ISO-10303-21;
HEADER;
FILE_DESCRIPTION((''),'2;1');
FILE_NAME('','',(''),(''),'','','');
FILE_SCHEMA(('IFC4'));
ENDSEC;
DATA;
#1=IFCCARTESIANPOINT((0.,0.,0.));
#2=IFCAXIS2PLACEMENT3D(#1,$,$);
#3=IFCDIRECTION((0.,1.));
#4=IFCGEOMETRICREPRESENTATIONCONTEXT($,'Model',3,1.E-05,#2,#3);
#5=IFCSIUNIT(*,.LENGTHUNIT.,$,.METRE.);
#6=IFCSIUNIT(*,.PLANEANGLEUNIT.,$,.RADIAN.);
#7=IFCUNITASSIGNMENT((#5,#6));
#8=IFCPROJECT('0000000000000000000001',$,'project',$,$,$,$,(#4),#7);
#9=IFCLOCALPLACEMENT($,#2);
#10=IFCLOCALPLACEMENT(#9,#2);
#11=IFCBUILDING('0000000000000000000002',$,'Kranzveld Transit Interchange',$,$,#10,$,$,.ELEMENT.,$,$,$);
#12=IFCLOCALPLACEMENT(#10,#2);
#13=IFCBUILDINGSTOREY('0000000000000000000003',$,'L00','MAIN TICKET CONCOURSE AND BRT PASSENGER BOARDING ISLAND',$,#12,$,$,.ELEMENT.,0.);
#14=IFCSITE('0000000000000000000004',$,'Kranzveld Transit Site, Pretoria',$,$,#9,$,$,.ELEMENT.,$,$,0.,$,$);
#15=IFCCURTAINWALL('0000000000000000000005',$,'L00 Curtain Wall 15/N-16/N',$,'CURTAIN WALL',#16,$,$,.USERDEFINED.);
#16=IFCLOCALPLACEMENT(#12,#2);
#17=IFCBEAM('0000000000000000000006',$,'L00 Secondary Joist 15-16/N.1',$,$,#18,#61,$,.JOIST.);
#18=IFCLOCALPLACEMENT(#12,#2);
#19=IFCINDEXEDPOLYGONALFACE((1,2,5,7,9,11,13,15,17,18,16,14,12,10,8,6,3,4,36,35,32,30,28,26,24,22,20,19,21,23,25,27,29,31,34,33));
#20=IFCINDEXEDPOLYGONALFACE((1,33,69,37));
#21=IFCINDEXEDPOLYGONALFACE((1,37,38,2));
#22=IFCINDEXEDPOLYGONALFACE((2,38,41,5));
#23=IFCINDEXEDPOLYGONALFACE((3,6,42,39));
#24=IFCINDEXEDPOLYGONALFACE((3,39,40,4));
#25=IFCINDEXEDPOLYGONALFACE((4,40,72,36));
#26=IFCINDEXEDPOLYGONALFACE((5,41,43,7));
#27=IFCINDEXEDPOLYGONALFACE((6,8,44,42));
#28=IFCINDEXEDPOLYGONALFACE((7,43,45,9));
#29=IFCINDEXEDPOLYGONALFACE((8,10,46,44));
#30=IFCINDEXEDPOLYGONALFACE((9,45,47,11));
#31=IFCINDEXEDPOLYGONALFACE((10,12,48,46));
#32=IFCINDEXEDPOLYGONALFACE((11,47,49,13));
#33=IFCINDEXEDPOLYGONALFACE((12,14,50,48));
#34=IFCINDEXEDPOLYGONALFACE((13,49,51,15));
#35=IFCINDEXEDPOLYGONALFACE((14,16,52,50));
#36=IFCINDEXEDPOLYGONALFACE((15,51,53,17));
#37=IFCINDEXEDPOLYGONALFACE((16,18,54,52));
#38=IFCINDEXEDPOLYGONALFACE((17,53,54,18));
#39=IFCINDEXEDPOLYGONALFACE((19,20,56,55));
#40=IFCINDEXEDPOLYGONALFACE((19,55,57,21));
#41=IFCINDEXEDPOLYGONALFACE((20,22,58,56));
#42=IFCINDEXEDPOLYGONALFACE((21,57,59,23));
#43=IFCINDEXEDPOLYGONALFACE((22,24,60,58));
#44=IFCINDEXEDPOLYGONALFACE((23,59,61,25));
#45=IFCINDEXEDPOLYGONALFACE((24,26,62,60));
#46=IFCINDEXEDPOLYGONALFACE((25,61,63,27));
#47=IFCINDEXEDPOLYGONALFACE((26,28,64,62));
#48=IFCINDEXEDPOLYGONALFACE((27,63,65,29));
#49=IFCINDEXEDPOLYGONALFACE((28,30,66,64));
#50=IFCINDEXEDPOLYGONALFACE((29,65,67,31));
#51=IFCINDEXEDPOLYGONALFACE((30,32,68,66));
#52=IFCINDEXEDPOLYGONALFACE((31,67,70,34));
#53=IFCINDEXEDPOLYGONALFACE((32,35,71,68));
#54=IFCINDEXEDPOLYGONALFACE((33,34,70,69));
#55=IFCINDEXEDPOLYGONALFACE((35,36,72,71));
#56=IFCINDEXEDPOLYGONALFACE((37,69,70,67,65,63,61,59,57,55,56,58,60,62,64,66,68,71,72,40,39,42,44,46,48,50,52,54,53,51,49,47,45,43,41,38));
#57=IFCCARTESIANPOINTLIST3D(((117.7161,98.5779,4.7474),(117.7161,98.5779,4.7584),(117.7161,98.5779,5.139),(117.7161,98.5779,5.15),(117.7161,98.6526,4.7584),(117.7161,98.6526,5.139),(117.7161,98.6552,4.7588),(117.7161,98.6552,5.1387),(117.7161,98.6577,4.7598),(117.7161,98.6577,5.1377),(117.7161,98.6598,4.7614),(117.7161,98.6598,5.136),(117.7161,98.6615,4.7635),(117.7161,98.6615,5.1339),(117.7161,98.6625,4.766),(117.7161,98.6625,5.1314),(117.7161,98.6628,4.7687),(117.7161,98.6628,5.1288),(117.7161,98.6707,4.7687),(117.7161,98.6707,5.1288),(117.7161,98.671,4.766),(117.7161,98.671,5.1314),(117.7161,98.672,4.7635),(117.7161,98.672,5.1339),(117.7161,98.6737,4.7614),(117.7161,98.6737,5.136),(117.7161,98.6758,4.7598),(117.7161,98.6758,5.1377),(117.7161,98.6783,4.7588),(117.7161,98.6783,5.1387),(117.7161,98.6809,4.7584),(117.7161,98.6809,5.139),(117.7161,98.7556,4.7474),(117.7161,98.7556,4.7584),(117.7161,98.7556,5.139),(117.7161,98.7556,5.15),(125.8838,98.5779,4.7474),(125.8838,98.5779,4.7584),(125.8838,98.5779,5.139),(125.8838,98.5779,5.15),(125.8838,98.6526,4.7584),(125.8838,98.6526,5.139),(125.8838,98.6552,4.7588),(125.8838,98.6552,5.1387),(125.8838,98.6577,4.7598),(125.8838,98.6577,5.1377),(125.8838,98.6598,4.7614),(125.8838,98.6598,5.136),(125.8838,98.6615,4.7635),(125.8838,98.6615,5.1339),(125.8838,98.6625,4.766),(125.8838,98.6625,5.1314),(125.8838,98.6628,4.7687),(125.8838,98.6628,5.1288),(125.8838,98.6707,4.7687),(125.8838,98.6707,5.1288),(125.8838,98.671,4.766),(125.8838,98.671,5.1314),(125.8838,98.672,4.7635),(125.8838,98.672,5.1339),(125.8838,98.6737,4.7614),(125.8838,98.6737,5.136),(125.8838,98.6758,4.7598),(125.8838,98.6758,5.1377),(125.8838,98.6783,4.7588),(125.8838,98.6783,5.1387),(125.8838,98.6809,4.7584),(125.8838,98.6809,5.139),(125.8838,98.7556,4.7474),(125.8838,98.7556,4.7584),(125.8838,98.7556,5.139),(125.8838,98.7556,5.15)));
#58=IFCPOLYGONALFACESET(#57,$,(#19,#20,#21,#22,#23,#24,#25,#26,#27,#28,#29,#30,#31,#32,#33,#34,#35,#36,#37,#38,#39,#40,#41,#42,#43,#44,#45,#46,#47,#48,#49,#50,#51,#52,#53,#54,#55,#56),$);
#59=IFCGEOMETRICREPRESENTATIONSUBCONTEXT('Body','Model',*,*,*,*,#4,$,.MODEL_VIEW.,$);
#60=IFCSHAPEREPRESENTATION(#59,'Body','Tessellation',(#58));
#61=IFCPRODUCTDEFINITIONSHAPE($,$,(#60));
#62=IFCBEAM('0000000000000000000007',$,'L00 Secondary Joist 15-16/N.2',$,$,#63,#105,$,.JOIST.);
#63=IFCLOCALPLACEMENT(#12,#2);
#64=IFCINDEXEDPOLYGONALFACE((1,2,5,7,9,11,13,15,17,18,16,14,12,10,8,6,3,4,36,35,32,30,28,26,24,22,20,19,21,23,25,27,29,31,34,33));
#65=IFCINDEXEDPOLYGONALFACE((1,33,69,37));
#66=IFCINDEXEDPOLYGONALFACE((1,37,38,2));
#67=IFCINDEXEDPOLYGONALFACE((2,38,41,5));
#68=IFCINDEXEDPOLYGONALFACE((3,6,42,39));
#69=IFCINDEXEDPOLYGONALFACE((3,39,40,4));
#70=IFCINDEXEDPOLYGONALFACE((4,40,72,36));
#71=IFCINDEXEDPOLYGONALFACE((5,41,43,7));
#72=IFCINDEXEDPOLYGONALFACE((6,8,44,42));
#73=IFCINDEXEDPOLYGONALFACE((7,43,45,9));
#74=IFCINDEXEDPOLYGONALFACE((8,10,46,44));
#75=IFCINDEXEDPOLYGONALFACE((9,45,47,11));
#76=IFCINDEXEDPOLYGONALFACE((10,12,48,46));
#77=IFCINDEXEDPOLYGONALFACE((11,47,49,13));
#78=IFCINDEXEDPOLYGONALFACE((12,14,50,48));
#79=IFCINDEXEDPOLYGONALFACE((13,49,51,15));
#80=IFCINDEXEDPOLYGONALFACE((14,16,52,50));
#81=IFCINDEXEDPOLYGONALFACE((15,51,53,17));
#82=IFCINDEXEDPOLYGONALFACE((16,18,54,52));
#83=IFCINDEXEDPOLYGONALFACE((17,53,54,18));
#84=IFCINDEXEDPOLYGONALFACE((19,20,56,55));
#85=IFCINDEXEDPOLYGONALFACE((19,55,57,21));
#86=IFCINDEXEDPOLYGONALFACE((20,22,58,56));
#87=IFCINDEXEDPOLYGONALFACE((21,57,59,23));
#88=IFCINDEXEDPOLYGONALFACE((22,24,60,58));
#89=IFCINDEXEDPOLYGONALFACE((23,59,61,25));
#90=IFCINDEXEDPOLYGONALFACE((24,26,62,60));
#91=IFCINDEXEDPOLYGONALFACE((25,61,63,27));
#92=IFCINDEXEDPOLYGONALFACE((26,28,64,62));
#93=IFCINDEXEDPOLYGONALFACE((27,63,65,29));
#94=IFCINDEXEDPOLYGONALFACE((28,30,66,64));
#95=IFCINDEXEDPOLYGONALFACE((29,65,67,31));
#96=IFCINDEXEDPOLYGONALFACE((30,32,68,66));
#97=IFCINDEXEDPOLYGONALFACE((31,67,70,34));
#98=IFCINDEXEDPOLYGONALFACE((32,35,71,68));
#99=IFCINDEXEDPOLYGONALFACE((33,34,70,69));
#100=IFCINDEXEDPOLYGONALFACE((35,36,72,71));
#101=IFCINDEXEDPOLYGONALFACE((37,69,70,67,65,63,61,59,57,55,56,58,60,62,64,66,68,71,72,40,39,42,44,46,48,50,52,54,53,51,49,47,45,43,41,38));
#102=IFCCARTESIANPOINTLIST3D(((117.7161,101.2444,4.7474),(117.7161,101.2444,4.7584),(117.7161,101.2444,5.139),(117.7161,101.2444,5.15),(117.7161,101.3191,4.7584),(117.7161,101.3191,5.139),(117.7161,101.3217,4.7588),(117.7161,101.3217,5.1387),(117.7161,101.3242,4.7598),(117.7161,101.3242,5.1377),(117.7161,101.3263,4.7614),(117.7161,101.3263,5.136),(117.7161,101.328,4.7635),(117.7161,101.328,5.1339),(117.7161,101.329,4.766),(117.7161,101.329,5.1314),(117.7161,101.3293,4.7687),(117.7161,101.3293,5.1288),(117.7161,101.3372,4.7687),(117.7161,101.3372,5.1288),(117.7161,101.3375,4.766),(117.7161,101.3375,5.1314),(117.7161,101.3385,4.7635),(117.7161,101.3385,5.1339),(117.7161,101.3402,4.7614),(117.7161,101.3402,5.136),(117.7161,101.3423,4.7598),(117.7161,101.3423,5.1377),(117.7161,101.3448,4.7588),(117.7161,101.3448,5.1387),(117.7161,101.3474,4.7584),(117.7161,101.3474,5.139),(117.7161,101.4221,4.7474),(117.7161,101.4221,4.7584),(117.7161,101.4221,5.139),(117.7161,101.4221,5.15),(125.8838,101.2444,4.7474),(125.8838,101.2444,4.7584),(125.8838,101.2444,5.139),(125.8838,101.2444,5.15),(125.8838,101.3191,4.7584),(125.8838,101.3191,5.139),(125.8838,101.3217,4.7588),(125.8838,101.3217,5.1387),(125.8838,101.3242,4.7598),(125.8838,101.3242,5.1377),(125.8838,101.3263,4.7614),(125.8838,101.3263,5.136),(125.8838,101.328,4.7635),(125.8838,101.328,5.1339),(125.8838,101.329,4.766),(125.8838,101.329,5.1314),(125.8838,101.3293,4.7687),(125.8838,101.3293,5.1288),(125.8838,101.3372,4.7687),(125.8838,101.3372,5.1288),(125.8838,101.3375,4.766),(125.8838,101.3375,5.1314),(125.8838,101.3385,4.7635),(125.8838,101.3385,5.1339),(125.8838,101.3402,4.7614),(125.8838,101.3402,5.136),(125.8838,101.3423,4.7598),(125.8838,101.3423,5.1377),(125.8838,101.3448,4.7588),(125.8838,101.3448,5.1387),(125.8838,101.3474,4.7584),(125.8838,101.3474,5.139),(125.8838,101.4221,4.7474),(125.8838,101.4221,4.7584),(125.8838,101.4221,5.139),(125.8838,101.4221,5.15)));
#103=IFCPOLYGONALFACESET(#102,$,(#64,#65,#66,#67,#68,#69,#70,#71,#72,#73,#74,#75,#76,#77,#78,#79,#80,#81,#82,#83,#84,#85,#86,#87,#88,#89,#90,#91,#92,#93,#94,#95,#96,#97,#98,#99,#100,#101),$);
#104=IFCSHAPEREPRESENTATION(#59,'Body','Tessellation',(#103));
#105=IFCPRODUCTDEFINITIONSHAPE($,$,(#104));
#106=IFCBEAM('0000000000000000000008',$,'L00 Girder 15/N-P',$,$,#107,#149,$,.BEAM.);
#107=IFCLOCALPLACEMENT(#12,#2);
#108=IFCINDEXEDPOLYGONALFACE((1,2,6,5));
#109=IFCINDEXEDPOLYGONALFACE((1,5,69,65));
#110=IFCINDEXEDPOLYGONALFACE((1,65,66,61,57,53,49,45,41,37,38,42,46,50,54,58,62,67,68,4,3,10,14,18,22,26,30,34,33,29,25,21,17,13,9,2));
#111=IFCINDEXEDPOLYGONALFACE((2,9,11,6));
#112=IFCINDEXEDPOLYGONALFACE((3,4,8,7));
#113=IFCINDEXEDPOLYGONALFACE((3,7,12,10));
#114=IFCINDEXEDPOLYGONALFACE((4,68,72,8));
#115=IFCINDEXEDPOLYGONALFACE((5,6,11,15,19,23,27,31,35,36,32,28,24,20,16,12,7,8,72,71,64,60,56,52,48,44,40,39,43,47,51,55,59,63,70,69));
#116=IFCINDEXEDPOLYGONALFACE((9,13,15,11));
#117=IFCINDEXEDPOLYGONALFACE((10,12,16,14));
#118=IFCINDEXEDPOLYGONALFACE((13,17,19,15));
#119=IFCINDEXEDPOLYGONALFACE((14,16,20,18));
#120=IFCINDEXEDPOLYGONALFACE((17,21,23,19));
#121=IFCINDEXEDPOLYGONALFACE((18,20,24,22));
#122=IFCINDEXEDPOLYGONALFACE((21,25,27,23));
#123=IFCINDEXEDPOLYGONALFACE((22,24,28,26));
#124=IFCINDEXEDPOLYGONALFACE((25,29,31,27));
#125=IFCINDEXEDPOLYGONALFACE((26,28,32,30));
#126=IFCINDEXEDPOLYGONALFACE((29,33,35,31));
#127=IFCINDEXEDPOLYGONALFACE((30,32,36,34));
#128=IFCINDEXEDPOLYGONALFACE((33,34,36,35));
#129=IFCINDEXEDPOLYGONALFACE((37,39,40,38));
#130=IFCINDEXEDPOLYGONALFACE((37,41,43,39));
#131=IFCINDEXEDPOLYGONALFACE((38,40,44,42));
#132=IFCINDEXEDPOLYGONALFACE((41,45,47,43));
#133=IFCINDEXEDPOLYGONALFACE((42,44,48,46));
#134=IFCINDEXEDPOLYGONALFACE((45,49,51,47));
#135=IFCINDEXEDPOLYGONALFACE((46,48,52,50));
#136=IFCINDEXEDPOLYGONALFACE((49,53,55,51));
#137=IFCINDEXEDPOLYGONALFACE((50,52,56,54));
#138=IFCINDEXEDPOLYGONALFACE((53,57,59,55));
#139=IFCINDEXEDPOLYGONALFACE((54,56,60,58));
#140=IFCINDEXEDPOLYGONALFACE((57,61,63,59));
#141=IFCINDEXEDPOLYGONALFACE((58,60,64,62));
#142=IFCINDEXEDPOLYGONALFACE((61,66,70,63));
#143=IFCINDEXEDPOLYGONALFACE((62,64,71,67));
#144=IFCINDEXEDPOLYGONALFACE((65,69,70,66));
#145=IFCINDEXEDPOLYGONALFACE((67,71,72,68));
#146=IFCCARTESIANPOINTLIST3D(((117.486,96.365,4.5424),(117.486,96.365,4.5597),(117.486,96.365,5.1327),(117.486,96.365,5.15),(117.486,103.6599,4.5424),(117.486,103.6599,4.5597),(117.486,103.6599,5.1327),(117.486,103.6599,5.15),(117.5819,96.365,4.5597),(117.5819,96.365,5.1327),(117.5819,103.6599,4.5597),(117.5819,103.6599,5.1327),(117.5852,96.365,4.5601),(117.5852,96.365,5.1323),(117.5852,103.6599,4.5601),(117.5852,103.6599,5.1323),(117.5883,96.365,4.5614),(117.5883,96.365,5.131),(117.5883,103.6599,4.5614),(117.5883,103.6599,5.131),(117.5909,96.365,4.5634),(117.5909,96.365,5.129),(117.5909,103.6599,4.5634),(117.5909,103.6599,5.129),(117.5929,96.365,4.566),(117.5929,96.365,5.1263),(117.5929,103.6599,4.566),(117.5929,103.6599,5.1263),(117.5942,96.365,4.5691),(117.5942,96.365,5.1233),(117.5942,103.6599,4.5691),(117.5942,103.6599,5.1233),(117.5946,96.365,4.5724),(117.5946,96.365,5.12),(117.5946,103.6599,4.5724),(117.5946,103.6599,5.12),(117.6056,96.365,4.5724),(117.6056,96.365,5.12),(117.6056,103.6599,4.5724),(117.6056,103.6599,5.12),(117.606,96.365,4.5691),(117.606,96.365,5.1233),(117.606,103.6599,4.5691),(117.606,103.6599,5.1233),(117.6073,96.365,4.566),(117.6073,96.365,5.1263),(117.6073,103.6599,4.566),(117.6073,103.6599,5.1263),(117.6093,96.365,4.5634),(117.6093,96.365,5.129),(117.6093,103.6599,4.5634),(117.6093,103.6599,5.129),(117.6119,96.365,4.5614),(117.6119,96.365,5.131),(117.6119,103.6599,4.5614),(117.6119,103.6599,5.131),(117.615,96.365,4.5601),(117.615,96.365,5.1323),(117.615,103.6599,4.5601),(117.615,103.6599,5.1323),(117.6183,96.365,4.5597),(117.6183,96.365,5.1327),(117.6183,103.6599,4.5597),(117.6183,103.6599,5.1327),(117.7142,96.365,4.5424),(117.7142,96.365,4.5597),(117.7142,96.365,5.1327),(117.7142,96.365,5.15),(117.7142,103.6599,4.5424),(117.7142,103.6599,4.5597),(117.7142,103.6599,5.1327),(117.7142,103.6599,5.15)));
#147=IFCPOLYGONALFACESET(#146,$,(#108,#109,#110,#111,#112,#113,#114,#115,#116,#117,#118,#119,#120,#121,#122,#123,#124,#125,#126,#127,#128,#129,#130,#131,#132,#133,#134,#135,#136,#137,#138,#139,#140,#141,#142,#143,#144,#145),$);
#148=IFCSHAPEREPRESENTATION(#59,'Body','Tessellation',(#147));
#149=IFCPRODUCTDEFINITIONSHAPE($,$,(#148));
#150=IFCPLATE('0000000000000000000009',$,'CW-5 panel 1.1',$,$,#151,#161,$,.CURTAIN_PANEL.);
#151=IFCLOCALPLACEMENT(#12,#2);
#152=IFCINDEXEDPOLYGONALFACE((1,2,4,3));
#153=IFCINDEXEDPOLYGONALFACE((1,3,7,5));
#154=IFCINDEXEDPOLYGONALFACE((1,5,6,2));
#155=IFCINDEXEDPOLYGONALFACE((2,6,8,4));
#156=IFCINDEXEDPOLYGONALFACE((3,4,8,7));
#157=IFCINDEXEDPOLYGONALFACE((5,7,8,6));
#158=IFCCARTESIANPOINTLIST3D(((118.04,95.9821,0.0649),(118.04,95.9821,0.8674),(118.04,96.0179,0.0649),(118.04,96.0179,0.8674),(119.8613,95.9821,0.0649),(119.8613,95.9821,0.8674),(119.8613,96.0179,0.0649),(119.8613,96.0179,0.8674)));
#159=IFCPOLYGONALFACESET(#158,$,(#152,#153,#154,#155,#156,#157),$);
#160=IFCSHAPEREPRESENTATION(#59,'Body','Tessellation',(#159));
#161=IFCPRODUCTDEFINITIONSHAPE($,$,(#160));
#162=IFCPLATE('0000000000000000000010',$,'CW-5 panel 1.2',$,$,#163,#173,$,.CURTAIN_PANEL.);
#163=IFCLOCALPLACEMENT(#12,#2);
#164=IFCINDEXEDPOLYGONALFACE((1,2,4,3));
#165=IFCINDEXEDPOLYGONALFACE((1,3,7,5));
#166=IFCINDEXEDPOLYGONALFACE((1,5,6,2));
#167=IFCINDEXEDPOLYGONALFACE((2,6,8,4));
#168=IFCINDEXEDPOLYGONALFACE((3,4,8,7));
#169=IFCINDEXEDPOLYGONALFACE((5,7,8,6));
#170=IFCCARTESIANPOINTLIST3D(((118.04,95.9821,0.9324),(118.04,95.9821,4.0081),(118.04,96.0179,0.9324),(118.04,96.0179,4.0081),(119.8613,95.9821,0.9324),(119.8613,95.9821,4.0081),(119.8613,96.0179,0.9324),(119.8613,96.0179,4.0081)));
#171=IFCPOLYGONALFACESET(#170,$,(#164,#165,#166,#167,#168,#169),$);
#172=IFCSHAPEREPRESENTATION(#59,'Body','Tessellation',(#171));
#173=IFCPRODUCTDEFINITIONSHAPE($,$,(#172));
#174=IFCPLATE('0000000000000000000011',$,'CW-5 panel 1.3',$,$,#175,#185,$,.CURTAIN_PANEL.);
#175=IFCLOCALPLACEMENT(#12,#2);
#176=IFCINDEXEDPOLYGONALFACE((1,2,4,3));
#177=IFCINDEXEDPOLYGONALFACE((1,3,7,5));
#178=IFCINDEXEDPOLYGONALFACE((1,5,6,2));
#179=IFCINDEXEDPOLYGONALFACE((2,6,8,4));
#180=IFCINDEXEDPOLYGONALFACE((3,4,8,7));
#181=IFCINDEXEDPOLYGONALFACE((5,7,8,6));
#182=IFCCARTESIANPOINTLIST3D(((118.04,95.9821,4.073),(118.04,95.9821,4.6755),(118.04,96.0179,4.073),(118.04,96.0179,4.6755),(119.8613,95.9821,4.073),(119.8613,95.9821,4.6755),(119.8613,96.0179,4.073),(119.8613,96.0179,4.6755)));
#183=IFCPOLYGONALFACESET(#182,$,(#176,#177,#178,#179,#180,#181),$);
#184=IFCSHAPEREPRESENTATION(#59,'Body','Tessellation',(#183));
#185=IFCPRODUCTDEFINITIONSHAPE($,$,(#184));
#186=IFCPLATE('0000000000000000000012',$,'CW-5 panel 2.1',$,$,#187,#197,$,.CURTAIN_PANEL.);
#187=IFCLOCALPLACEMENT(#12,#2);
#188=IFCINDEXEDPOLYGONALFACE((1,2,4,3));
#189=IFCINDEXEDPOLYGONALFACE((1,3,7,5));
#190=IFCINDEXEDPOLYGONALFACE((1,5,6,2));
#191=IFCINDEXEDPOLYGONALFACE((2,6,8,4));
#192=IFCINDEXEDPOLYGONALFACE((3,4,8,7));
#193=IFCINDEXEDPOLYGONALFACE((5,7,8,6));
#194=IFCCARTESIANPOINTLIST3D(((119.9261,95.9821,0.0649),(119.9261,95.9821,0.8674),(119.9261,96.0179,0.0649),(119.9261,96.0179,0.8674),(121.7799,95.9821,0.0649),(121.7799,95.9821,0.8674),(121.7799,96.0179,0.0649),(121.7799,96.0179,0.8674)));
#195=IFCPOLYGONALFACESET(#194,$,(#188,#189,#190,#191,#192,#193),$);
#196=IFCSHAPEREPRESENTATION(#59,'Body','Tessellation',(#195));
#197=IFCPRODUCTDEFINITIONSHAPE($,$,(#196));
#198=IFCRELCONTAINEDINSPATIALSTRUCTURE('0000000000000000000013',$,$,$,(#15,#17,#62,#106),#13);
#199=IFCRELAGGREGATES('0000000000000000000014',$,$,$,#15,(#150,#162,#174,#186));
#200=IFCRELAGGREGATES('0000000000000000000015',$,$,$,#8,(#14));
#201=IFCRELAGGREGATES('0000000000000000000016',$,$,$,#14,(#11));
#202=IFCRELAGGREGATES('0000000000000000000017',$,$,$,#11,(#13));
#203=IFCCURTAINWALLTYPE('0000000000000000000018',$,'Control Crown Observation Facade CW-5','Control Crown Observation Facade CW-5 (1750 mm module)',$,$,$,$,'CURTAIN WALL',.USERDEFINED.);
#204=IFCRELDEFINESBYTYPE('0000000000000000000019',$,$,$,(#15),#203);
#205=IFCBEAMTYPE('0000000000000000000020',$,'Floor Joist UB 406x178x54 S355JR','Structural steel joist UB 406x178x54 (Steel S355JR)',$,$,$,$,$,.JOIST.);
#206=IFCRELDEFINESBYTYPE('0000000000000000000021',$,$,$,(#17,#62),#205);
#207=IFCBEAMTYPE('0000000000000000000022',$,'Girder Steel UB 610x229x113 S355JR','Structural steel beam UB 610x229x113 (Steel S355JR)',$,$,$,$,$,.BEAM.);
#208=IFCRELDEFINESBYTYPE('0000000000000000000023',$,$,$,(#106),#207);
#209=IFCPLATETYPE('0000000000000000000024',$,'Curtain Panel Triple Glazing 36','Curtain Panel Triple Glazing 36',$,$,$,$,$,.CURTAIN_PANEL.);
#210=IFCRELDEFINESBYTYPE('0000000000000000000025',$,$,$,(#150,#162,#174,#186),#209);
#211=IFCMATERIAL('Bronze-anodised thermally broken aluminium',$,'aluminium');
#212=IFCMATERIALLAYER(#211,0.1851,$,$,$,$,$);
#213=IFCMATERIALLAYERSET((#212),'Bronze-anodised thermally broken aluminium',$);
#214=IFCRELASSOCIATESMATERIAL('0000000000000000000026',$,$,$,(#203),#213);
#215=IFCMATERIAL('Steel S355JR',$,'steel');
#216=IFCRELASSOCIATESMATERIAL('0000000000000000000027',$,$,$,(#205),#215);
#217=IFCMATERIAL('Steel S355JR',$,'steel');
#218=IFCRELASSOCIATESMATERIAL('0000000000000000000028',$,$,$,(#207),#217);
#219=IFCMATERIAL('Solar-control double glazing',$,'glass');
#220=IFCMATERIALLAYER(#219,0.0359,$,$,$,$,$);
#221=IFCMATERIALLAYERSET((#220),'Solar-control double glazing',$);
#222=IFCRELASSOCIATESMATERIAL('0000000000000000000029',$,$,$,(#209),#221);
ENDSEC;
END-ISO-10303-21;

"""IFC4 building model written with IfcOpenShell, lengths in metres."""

from ifc_helpers import new_model, si_unit, direction, frame, origin, origin_2d, place, context, subcontext, project, spatial, rectangle, i_section, extrude, material, layer, layer_set, material_profile, profile_set, type_object, element, aggregate, save


model = new_model("IFC4")

# Units and contexts
model_context = context("Model", 3, precision=1e-05, world=origin(), true_north=direction((0.0, 1.0)))
body_context = subcontext(model_context, "Body", "Model", "MODEL_VIEW")
ifc_project = project(units=[si_unit("LENGTHUNIT", "METRE"), si_unit("PLANEANGLEUNIT", "RADIAN")], contexts=[model_context])

# Site, building, storey
site_placement = place(None, origin())
site = spatial("IfcSite", under=ifc_project, at=site_placement, Name="Kranzveld Transit Site, Pretoria", CompositionType="ELEMENT", RefElevation=0.0)
building_placement = place(site_placement, origin())
building = spatial("IfcBuilding", under=site, at=building_placement, Name="Kranzveld Transit Interchange", CompositionType="ELEMENT")
storey_placement = place(building_placement, origin())
storey = spatial("IfcBuildingStorey", under=building, at=storey_placement, Name="L00", Description="MAIN TICKET CONCOURSE AND BRT PASSENGER BOARDING ISLAND", CompositionType="ELEMENT", Elevation=0.0)

# Curtain wall
ifc_material_1 = material(Name="Bronze-anodised thermally broken aluminium", Category="aluminium")
ifc_layer_1 = layer(ifc_material_1, 0.1851)
ifc_layer_set_1 = layer_set([ifc_layer_1], Name="Bronze-anodised thermally broken aluminium")
curtain_wall_type = type_object("IfcCurtainWallType", Name="Control Crown Observation Facade CW-5", Description="Control Crown Observation Facade CW-5 (1750 mm module)", ElementType="CURTAIN WALL", PredefinedType="USERDEFINED", material=ifc_layer_set_1)
curtain_wall_placement = place(storey_placement, origin())
curtain_wall = element("IfcCurtainWall", 1, at=curtain_wall_placement, inside=storey, type_object=curtain_wall_type, Name="L00 Curtain Wall 15/N-16/N", ObjectType="CURTAIN WALL", PredefinedType="USERDEFINED")

# Beams
ifc_material_2 = material(Name="Steel S355JR", Category="steel")
ifc_material_profile_1 = material_profile(ifc_material_2, i_section(OverallWidth=0.1777, OverallDepth=0.4026, WebThickness=0.0078, FlangeThickness=0.011, FilletRadius=0.0103, at=origin_2d()), Name="UB 406x178x54")
ifc_profile_set_1 = profile_set([ifc_material_profile_1], Name="Steel S355JR")
beam_type_1 = type_object("IfcBeamType", Name="Floor Joist UB 406x178x54 S355JR", Description="Structural steel joist UB 406x178x54 (Steel S355JR)", PredefinedType="JOIST", material=ifc_profile_set_1)
for number, where, z_axis, x_axis, name in (
    (2, (117.7161, 98.6667, 4.9487), (1.0, 0.0, 0.0), (0.0, 1.0, 0.0), "L00 Secondary Joist 15-16/N.1"),
    (3, (117.7161, 101.3333, 4.9487), (1.0, 0.0, 0.0), (0.0, 1.0, 0.0), "L00 Secondary Joist 15-16/N.2"),
):
    element("IfcBeam", number, at=place(storey_placement, frame(where, z_axis=z_axis, x_axis=x_axis)), inside=storey, type_object=beam_type_1, Name=name, PredefinedType="JOIST", context=body_context, shape_type="SweptSolid", body=[
        extrude(i_section(OverallWidth=0.1777, OverallDepth=0.4026, WebThickness=0.0078, FlangeThickness=0.011, FilletRadius=0.0103, at=origin_2d()), origin(), (0.0, 0.0, 1.0), 8.1677),
    ])
ifc_material_3 = material(Name="Steel S355JR", Category="steel")
ifc_material_profile_2 = material_profile(ifc_material_3, i_section(OverallWidth=0.2283, OverallDepth=0.6077, WebThickness=0.011, FlangeThickness=0.0173, FilletRadius=0.0127, at=origin_2d()), Name="UB 610x229x113")
ifc_profile_set_2 = profile_set([ifc_material_profile_2], Name="Steel S355JR")
beam_type_2 = type_object("IfcBeamType", Name="Girder Steel UB 610x229x113 S355JR", Description="Structural steel beam UB 610x229x113 (Steel S355JR)", PredefinedType="BEAM", material=ifc_profile_set_2)
beam_1_placement = place(storey_placement, frame((117.6001, 96.365, 4.8462), z_axis=(0.0, 1.0, 0.0), x_axis=(-1.0, 0.0, 0.0)))
element("IfcBeam", 4, at=beam_1_placement, inside=storey, type_object=beam_type_2, Name="L00 Girder 15/N-P", PredefinedType="BEAM", context=body_context, shape_type="SweptSolid", body=[
    extrude(i_section(OverallWidth=0.2283, OverallDepth=0.6077, WebThickness=0.011, FlangeThickness=0.0173, FilletRadius=0.0127, at=origin_2d()), origin(), (0.0, 0.0, 1.0), 7.2949),
])

# Plates
ifc_material_4 = material(Name="Solar-control double glazing", Category="glass")
ifc_layer_2 = layer(ifc_material_4, 0.0359)
ifc_layer_set_2 = layer_set([ifc_layer_2], Name="Solar-control double glazing")
plate_type = type_object("IfcPlateType", Name="Curtain Panel Triple Glazing 36", Description="Curtain Panel Triple Glazing 36", PredefinedType="CURTAIN_PANEL", material=ifc_layer_set_2)
plate_1_placement = place(storey_placement, frame((118.9507, 96.0, 0.0649), z_axis=(0.0, 0.0, 1.0), x_axis=(1.0, 0.0, 0.0)))
plate_1 = element("IfcPlate", 5, at=plate_1_placement, type_object=plate_type, Name="CW-5 panel 1.1", PredefinedType="CURTAIN_PANEL", context=body_context, shape_type="SweptSolid", body=[
    extrude(rectangle(XDim=1.8213, YDim=0.0359, at=origin_2d()), origin(), (0.0, 0.0, 1.0), 0.8025),
])
plate_2_placement = place(storey_placement, frame((118.9507, 96.0, 0.9324), z_axis=(0.0, 0.0, 1.0), x_axis=(1.0, 0.0, 0.0)))
plate_2 = element("IfcPlate", 6, at=plate_2_placement, type_object=plate_type, Name="CW-5 panel 1.2", PredefinedType="CURTAIN_PANEL", context=body_context, shape_type="SweptSolid", body=[
    extrude(rectangle(XDim=1.8213, YDim=0.0359, at=origin_2d()), origin(), (0.0, 0.0, 1.0), 3.0757),
])
plate_3_placement = place(storey_placement, frame((118.9507, 96.0, 4.073), z_axis=(0.0, 0.0, 1.0), x_axis=(1.0, 0.0, 0.0)))
plate_3 = element("IfcPlate", 7, at=plate_3_placement, type_object=plate_type, Name="CW-5 panel 1.3", PredefinedType="CURTAIN_PANEL", context=body_context, shape_type="SweptSolid", body=[
    extrude(rectangle(XDim=1.8213, YDim=0.0359, at=origin_2d()), origin(), (0.0, 0.0, 1.0), 0.6025),
])
plate_4_placement = place(storey_placement, frame((120.853, 96.0, 0.0649), z_axis=(0.0, 0.0, 1.0), x_axis=(1.0, 0.0, 0.0)))
plate_4 = element("IfcPlate", 8, at=plate_4_placement, type_object=plate_type, Name="CW-5 panel 2.1", PredefinedType="CURTAIN_PANEL", context=body_context, shape_type="SweptSolid", body=[
    extrude(rectangle(XDim=1.8538, YDim=0.0359, at=origin_2d()), origin(), (0.0, 0.0, 1.0), 0.8025),
])
aggregate(curtain_wall, [plate_1, plate_2, plate_3, plate_4])

save(model, "model.ifc")
